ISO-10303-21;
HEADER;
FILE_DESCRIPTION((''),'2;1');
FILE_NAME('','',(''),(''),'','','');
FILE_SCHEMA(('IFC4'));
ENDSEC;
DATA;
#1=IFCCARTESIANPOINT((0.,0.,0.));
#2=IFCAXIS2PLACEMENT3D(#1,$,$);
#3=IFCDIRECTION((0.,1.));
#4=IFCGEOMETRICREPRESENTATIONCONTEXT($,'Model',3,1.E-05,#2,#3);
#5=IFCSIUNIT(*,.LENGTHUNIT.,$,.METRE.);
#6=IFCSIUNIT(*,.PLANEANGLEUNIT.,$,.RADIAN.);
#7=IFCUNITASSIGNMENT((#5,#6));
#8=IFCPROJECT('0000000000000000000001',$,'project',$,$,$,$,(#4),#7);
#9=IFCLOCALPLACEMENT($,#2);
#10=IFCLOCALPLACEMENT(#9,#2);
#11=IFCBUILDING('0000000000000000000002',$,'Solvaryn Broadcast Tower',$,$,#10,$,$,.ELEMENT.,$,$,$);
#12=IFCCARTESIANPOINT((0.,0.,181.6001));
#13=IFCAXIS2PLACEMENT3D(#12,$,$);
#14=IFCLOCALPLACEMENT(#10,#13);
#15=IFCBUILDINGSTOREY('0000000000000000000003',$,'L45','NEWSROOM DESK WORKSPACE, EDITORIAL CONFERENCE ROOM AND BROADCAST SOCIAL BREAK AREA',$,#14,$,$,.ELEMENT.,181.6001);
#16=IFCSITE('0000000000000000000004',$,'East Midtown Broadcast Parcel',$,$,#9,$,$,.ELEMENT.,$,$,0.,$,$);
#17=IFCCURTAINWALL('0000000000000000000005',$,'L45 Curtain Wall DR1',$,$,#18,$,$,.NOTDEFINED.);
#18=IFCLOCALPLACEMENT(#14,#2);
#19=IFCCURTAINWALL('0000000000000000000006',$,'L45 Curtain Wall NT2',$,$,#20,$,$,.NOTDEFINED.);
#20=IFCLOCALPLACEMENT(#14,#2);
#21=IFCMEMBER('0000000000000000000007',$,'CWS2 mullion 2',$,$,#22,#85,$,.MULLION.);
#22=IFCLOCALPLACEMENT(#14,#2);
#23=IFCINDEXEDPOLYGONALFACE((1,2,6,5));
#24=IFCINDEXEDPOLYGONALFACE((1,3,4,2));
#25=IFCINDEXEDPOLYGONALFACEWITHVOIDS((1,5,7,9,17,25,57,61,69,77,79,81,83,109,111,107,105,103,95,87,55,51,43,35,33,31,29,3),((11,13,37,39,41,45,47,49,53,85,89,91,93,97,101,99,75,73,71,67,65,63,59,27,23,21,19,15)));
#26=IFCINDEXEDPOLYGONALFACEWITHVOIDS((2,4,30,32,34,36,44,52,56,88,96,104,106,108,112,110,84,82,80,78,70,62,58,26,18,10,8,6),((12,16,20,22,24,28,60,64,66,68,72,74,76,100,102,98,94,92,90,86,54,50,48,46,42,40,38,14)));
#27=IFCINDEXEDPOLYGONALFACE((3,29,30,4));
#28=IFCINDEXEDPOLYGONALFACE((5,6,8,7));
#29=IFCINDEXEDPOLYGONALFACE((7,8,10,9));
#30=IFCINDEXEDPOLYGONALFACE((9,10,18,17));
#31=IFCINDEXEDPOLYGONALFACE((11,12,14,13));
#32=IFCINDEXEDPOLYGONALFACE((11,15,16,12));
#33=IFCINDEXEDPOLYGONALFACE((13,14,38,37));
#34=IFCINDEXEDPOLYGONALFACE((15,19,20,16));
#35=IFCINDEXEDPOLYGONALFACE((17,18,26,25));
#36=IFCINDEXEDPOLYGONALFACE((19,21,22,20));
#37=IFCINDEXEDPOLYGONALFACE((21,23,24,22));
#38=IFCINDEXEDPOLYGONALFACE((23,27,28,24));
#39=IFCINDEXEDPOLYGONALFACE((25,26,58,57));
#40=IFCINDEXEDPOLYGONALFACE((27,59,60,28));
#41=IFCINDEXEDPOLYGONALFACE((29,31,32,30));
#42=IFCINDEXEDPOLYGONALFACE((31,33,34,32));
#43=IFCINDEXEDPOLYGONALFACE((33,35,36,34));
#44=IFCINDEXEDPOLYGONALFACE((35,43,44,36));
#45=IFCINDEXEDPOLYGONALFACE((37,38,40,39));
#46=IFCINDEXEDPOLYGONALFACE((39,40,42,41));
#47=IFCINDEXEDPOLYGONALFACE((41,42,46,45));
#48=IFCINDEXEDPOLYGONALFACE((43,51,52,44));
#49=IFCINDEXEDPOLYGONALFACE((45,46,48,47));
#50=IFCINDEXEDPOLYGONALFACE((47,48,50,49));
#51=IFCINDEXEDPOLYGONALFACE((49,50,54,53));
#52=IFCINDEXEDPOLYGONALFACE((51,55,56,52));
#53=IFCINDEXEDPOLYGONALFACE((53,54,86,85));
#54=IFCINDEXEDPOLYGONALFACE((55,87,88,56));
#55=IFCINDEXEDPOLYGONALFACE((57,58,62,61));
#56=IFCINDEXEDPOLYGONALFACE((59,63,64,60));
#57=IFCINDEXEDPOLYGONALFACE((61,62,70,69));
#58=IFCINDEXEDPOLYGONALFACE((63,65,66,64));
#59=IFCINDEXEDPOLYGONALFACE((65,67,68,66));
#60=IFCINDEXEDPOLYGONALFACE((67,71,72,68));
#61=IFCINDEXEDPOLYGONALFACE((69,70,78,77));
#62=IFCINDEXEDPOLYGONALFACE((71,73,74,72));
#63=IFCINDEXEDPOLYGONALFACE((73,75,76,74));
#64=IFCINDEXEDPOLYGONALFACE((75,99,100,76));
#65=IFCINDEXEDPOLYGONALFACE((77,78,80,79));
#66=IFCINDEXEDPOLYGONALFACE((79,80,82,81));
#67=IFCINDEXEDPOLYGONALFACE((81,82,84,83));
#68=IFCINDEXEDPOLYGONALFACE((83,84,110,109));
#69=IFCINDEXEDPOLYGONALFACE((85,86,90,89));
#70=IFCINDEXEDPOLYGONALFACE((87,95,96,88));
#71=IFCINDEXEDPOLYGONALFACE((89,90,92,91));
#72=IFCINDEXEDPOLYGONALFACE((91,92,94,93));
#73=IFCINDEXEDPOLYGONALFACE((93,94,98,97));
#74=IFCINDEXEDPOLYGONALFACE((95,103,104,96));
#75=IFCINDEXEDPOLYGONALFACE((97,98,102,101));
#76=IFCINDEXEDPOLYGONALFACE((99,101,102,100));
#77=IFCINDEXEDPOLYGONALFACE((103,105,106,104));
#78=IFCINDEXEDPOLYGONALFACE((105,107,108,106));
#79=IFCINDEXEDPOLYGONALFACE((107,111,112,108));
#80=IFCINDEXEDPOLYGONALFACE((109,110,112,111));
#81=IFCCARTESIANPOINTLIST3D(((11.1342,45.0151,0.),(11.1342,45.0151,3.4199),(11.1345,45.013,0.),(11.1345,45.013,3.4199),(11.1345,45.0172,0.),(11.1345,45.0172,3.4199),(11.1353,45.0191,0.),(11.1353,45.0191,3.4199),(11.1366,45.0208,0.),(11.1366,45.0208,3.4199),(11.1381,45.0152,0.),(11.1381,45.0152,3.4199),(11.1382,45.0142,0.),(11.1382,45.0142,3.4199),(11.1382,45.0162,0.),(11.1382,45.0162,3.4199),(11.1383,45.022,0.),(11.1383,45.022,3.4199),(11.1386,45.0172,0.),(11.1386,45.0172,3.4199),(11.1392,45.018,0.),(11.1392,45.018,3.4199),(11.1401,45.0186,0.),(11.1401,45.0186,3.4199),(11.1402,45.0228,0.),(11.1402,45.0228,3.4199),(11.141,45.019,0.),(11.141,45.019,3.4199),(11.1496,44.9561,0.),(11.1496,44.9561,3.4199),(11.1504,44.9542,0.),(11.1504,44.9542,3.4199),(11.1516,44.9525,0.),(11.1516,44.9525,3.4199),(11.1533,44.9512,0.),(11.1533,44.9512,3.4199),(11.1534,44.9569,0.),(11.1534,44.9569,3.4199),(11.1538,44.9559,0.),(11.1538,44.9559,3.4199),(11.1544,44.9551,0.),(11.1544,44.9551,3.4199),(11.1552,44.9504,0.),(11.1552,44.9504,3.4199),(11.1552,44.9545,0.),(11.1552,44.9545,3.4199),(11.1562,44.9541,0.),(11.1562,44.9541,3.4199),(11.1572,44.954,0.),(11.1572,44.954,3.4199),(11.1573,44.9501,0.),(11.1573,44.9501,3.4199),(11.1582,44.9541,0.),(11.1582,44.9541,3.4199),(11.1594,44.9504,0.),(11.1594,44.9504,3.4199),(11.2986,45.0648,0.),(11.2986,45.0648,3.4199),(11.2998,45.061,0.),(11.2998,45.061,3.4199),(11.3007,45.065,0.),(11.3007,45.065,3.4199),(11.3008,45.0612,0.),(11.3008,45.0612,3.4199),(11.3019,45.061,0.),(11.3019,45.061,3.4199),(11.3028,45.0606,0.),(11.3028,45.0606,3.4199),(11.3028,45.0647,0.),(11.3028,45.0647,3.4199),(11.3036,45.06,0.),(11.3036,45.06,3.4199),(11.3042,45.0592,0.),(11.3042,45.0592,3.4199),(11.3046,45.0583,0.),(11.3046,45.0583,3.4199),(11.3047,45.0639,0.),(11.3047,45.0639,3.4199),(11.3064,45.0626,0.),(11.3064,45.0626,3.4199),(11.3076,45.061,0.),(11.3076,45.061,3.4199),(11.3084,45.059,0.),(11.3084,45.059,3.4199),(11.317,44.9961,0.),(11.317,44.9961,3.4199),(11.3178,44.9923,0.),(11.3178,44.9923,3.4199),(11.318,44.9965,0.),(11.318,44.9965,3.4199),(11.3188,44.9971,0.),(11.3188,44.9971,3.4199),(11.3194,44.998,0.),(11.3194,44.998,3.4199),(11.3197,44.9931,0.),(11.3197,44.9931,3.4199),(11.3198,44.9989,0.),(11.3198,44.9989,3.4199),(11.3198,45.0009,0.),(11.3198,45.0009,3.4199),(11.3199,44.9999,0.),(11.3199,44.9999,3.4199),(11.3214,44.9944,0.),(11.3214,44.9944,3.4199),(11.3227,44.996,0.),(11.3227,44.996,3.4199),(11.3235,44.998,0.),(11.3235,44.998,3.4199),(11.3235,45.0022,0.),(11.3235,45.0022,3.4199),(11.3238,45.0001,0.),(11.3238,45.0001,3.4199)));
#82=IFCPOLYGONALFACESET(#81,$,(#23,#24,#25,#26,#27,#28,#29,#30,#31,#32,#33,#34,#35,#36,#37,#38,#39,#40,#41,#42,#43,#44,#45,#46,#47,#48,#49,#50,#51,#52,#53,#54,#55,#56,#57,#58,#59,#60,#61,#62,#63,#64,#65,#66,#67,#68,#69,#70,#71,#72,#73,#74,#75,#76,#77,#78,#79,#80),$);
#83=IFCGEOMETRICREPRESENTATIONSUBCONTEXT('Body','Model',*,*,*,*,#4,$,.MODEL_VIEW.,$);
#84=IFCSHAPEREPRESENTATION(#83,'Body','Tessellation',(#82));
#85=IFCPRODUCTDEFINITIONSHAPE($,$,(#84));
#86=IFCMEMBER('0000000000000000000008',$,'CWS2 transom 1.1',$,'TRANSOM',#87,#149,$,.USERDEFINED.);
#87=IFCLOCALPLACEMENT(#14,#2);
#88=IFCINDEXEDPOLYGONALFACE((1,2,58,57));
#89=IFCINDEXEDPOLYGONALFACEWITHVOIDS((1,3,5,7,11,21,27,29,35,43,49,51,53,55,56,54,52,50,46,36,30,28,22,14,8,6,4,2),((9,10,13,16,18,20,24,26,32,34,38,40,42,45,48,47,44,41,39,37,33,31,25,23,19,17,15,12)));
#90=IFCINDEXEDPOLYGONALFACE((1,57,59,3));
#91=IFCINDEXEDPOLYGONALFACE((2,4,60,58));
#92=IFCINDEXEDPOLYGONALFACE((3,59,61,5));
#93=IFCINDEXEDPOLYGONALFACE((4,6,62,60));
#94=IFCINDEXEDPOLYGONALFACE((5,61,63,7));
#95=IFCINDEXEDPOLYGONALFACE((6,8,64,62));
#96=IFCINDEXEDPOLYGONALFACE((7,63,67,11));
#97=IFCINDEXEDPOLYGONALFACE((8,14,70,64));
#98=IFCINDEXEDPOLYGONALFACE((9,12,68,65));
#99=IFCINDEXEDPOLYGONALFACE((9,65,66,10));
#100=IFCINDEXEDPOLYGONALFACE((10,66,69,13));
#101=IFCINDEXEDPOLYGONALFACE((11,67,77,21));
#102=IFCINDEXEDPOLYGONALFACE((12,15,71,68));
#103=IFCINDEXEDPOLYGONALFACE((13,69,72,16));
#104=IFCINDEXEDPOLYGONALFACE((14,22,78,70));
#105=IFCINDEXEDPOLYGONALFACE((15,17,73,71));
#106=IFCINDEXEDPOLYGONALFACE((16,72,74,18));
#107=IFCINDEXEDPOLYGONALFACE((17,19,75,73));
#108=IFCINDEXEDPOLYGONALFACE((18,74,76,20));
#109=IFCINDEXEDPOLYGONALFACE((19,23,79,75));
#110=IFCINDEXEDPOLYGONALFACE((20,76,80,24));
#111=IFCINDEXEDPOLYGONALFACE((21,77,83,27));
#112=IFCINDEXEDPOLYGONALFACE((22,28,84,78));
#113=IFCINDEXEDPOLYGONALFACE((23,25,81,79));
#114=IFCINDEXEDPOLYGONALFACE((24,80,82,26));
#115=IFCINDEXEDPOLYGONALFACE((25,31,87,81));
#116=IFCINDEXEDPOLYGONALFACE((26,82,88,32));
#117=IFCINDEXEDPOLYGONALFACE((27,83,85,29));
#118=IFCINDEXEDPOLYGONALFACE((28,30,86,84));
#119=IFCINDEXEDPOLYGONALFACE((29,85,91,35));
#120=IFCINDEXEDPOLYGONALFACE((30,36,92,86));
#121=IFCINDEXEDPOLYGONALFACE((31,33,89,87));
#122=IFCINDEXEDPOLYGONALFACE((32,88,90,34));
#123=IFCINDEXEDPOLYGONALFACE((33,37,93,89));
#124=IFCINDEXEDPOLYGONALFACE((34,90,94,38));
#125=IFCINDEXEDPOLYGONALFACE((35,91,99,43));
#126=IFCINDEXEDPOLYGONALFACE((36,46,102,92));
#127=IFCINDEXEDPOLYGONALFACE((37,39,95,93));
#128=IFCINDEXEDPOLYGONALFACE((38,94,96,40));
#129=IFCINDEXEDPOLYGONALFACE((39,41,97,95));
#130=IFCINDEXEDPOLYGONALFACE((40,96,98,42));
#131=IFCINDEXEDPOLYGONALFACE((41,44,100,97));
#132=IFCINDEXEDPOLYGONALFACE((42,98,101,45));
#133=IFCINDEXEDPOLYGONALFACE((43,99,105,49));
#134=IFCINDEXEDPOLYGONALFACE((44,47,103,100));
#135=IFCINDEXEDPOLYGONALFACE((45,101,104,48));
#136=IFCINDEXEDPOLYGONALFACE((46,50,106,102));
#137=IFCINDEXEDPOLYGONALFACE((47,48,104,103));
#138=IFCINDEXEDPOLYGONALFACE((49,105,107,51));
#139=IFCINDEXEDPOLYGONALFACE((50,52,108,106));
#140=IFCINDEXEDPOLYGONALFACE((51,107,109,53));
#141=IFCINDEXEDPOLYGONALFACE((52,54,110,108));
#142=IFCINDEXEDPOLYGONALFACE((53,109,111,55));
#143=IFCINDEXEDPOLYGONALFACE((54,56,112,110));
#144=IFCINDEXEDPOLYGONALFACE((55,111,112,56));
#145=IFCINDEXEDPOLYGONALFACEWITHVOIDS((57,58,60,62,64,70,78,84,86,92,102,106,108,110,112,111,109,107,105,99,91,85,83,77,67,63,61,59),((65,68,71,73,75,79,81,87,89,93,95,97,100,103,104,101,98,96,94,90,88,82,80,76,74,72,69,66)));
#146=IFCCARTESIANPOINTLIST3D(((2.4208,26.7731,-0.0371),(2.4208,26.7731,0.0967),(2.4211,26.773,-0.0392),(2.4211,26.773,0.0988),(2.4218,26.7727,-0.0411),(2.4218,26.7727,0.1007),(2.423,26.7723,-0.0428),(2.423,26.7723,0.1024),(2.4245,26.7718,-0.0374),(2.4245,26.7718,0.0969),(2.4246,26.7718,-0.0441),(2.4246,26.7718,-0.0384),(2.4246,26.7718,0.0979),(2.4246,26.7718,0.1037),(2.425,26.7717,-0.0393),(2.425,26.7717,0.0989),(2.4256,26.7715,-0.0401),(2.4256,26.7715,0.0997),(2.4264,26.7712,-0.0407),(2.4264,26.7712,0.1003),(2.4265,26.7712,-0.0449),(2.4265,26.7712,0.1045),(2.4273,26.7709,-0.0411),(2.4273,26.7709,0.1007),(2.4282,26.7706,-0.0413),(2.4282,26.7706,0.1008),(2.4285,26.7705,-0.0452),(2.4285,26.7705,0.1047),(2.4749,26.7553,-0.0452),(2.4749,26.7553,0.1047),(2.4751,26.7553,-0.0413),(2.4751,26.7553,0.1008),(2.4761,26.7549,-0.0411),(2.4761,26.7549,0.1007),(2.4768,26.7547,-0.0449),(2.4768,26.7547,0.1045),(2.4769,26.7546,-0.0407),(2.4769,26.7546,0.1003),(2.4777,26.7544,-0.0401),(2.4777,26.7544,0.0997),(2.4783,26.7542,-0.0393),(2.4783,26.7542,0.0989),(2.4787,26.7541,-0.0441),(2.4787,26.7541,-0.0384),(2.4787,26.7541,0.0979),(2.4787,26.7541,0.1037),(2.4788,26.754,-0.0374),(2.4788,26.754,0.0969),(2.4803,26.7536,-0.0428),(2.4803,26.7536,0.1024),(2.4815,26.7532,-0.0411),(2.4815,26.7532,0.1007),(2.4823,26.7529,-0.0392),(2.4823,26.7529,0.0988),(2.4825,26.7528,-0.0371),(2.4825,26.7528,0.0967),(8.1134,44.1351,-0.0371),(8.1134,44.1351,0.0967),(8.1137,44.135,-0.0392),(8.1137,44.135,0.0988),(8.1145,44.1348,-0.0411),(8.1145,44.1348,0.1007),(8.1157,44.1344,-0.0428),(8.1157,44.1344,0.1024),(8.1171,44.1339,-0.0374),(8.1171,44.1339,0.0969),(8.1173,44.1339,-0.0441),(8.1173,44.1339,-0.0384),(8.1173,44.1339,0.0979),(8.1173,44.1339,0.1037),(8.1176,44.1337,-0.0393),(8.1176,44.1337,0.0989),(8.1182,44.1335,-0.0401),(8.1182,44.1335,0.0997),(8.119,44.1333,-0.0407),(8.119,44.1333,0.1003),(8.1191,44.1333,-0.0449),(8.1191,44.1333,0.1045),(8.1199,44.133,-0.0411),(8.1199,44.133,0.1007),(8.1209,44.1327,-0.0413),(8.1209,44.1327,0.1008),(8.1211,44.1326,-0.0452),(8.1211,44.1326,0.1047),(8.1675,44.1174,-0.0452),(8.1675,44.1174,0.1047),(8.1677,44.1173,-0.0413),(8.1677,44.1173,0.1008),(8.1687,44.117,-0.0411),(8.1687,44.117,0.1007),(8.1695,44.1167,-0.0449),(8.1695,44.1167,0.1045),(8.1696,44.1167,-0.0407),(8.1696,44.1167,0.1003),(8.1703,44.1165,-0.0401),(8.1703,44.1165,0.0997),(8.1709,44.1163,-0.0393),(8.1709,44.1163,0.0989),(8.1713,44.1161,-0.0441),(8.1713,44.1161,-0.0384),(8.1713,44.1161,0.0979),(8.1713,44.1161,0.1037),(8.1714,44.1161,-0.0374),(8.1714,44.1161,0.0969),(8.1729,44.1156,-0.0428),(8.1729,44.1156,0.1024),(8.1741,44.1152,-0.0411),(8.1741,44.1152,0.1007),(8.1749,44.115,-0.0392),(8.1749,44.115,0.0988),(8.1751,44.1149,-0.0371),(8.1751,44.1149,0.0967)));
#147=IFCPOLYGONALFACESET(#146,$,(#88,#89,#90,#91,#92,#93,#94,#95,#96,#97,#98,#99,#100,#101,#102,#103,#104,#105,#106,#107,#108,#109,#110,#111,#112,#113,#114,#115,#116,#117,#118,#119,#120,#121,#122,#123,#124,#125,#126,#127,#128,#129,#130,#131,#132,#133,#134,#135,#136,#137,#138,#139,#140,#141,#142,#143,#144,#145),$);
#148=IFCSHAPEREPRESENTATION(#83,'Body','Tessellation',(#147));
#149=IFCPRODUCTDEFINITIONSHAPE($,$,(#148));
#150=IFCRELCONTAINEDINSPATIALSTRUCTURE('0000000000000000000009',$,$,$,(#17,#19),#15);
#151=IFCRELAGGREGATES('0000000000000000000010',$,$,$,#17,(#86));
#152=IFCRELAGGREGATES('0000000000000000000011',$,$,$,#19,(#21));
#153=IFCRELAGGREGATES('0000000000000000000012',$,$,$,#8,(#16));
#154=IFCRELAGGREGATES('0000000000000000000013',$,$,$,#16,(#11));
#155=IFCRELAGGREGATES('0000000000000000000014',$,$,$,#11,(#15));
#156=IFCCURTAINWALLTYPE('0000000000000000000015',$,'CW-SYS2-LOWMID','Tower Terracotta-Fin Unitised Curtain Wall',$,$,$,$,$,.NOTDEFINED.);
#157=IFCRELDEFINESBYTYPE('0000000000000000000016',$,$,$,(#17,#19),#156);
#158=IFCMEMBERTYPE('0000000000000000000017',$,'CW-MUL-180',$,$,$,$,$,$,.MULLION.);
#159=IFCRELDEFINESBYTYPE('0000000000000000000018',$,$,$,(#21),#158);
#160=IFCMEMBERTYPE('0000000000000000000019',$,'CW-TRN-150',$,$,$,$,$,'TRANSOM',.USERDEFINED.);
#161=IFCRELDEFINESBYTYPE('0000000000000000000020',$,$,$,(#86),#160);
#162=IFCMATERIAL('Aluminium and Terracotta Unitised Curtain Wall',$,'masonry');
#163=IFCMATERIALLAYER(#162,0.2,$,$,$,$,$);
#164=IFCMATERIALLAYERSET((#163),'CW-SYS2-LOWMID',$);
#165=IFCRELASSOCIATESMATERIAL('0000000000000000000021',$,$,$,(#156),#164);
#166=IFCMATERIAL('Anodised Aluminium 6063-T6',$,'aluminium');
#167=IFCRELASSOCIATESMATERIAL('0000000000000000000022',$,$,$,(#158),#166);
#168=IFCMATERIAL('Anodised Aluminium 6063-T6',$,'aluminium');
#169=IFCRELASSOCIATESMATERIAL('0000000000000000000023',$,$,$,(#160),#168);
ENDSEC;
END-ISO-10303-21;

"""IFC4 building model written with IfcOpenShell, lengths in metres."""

from ifc_helpers import new_model, si_unit, direction, frame, origin, origin_2d, place, context, subcontext, project, spatial, hollow_rectangle, extrude, material, layer, layer_set, material_profile, profile_set, type_object, element, aggregate, save


model = new_model("IFC4")

# Units and contexts
model_context = context("Model", 3, precision=1e-05, world=origin(), true_north=direction((0.0, 1.0)))
body_context = subcontext(model_context, "Body", "Model", "MODEL_VIEW")
ifc_project = project(units=[si_unit("LENGTHUNIT", "METRE"), si_unit("PLANEANGLEUNIT", "RADIAN")], contexts=[model_context])

# Site, building, storey
site_placement = place(None, origin())
site = spatial("IfcSite", under=ifc_project, at=site_placement, Name="East Midtown Broadcast Parcel", CompositionType="ELEMENT", RefElevation=0.0)
building_placement = place(site_placement, origin())
building = spatial("IfcBuilding", under=site, at=building_placement, Name="Solvaryn Broadcast Tower", CompositionType="ELEMENT")
storey_placement = place(building_placement, frame((0.0, 0.0, 181.6001)))
storey = spatial("IfcBuildingStorey", under=building, at=storey_placement, Name="L45", Description="NEWSROOM DESK WORKSPACE, EDITORIAL CONFERENCE ROOM AND BROADCAST SOCIAL BREAK AREA", CompositionType="ELEMENT", Elevation=181.6001)

# Curtain walls, member
ifc_material_1 = material(Name="Aluminium and Terracotta Unitised Curtain Wall", Category="masonry")
ifc_layer_1 = layer(ifc_material_1, 0.2)
ifc_layer_set_1 = layer_set([ifc_layer_1], Name="CW-SYS2-LOWMID")
curtain_wall_type = type_object("IfcCurtainWallType", Name="CW-SYS2-LOWMID", Description="Tower Terracotta-Fin Unitised Curtain Wall", PredefinedType="NOTDEFINED", material=ifc_layer_set_1)
curtain_wall_1_placement = place(storey_placement, origin())
curtain_wall_1 = element("IfcCurtainWall", 1, at=curtain_wall_1_placement, inside=storey, type_object=curtain_wall_type, Name="L45 Curtain Wall DR1", PredefinedType="NOTDEFINED")
ifc_material_2 = material(Name="Anodised Aluminium 6063-T6", Category="aluminium")
ifc_material_profile_1 = material_profile(ifc_material_2, hollow_rectangle(XDim=0.075, YDim=0.1799, WallThickness=0.0039, InnerFilletRadius=0.0039, OuterFilletRadius=0.0081, at=origin_2d()))
ifc_profile_set_1 = profile_set([ifc_material_profile_1], Name="Anodised Aluminium 6063-T6")
member_type_1 = type_object("IfcMemberType", Name="CW-MUL-180", PredefinedType="MULLION", material=ifc_profile_set_1)
curtain_wall_2_placement = place(storey_placement, origin())
curtain_wall_2 = element("IfcCurtainWall", 2, at=curtain_wall_2_placement, inside=storey, type_object=curtain_wall_type, Name="L45 Curtain Wall NT2", PredefinedType="NOTDEFINED")
member_1_placement = place(storey_placement, frame((11.229, 45.0076, 0.0), z_axis=(0.0, 0.0, 1.0), x_axis=(0.255893, -0.966705, 0.0)))
member_1 = element("IfcMember", 3, at=member_1_placement, type_object=member_type_1, Name="CWS2 mullion 2", PredefinedType="MULLION", context=body_context, shape_type="SweptSolid", body=[
    extrude(hollow_rectangle(XDim=0.075, YDim=0.1799, WallThickness=0.0039, InnerFilletRadius=0.0039, OuterFilletRadius=0.0081, at=origin_2d()), origin(), (0.0, 0.0, 1.0), 3.4199),
])

# Member
ifc_material_3 = material(Name="Anodised Aluminium 6063-T6", Category="aluminium")
ifc_material_profile_2 = material_profile(ifc_material_3, hollow_rectangle(XDim=0.0649, YDim=0.1499, WallThickness=0.0039, InnerFilletRadius=0.0039, OuterFilletRadius=0.0081, at=origin_2d()))
ifc_profile_set_2 = profile_set([ifc_material_profile_2], Name="Anodised Aluminium 6063-T6")
member_type_2 = type_object("IfcMemberType", Name="CW-TRN-150", ElementType="TRANSOM", PredefinedType="USERDEFINED", material=ifc_profile_set_2)
member_2_placement = place(storey_placement, frame((8.1443, 44.125, 0.0298), z_axis=(-0.311558, -0.950227, 0.0), x_axis=(0.950227, -0.311558, 0.0)))
member_2 = element("IfcMember", 4, at=member_2_placement, type_object=member_type_2, Name="CWS2 transom 1.1", ObjectType="TRANSOM", PredefinedType="USERDEFINED", context=body_context, shape_type="SweptSolid", body=[
    extrude(hollow_rectangle(XDim=0.0649, YDim=0.1499, WallThickness=0.0039, InnerFilletRadius=0.0039, OuterFilletRadius=0.0081, at=origin_2d()), origin(), (0.0, 0.0, 1.0), 18.2715),
])
aggregate(curtain_wall_1, [member_2])

aggregate(curtain_wall_2, [member_1])

save(model, "model.ifc")
